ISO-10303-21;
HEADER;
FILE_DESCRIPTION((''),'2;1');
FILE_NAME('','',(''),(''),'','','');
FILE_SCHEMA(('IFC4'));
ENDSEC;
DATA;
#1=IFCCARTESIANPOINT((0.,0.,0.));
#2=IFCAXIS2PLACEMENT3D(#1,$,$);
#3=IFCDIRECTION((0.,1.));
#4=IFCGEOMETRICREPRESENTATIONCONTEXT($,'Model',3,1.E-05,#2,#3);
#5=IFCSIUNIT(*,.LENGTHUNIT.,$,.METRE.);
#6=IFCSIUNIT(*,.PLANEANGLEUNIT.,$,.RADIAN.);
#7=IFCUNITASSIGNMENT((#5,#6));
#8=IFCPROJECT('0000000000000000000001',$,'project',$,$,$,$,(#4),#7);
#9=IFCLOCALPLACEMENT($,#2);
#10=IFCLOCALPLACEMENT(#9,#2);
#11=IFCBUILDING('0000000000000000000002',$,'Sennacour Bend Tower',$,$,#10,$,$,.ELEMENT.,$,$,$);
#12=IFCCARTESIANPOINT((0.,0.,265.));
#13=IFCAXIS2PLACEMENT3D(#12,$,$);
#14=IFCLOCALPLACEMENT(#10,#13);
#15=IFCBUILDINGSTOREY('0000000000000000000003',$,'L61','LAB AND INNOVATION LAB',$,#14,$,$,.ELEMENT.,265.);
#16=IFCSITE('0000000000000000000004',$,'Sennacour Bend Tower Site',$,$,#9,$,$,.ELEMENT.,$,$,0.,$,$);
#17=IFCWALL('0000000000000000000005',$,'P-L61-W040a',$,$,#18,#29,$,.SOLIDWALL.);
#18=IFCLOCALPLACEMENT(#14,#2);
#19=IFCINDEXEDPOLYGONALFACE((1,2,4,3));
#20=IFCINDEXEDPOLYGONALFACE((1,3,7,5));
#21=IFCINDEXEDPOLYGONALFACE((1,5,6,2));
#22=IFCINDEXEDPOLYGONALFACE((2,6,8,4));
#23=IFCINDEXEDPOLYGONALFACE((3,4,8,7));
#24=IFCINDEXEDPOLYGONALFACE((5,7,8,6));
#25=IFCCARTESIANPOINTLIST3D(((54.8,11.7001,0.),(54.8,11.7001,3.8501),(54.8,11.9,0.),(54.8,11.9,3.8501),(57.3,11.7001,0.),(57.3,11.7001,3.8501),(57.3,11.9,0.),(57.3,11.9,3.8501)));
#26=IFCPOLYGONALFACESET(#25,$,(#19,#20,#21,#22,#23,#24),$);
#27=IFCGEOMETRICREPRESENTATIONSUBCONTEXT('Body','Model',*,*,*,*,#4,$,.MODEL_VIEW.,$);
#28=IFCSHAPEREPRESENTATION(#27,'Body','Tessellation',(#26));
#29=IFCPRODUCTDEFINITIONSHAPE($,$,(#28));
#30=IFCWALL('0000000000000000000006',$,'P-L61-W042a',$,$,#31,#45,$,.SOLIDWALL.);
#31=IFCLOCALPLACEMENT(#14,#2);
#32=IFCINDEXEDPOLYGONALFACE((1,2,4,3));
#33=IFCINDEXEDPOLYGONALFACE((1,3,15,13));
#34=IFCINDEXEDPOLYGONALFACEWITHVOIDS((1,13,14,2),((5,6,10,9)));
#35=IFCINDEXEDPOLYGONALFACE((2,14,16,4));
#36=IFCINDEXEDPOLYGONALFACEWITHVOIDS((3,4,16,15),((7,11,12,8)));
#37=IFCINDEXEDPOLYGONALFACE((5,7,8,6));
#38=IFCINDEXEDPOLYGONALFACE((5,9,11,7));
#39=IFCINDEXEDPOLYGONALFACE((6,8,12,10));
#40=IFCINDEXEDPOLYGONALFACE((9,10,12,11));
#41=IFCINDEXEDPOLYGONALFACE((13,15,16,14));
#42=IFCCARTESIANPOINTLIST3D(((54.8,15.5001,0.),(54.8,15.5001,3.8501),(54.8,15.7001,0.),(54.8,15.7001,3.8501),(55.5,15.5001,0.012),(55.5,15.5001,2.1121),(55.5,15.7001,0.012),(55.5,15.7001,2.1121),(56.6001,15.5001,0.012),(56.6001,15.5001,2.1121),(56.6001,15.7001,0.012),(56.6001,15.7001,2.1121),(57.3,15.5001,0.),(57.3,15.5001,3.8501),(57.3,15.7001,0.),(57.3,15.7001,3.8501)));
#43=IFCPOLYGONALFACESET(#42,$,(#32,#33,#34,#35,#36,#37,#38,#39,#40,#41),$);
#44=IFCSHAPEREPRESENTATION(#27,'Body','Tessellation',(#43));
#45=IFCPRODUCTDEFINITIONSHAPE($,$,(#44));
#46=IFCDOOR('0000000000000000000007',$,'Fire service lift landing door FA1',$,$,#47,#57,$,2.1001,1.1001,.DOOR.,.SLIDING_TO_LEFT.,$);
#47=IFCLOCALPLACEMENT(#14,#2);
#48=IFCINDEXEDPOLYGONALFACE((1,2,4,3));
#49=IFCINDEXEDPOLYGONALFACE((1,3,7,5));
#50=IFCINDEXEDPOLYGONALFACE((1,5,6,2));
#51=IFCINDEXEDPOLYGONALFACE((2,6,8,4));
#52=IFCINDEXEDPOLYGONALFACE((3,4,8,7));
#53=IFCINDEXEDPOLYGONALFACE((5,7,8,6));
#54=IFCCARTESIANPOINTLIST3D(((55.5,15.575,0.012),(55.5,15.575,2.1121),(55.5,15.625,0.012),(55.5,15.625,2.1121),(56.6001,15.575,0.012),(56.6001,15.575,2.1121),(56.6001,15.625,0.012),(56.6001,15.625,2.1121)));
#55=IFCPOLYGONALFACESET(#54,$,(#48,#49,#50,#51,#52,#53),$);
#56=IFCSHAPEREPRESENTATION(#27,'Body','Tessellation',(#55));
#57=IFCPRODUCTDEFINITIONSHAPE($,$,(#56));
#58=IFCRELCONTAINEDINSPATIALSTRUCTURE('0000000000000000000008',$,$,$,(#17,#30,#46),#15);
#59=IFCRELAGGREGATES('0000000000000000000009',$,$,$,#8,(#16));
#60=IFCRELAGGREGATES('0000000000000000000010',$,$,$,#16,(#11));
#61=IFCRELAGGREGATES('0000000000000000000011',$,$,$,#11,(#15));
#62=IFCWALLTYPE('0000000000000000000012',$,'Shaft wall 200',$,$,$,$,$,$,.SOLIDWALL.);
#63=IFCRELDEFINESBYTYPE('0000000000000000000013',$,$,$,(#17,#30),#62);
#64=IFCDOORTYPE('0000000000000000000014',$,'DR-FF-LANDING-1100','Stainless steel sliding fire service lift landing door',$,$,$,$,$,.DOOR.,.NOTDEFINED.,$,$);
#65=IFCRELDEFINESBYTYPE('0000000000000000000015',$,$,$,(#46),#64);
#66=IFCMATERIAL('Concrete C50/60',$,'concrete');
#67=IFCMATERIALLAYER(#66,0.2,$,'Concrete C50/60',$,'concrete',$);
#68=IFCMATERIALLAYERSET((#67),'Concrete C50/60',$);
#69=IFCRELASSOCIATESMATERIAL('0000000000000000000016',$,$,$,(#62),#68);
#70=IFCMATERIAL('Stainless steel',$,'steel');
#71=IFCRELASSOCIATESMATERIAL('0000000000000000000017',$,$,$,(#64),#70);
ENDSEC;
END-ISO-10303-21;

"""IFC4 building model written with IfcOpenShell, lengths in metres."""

from ifc_helpers import new_model, si_unit, direction, frame, frame_2d, origin, place, context, subcontext, project, spatial, rectangle, extrude, material, layer, layer_set, type_object, element, fill, save


model = new_model("IFC4")

# Units and contexts
model_context = context("Model", 3, precision=1e-05, world=origin(), true_north=direction((0.0, 1.0)))
body_context = subcontext(model_context, "Body", "Model", "MODEL_VIEW")
ifc_project = project(units=[si_unit("LENGTHUNIT", "METRE"), si_unit("PLANEANGLEUNIT", "RADIAN")], contexts=[model_context])

# Site, building, storey
site_placement = place(None, origin())
site = spatial("IfcSite", under=ifc_project, at=site_placement, Name="Sennacour Bend Tower Site", CompositionType="ELEMENT", RefElevation=0.0)
building_placement = place(site_placement, origin())
building = spatial("IfcBuilding", under=site, at=building_placement, Name="Sennacour Bend Tower", CompositionType="ELEMENT")
storey_placement = place(building_placement, frame((0.0, 0.0, 265.0)))
storey = spatial("IfcBuildingStorey", under=building, at=storey_placement, Name="L61", Description="LAB AND INNOVATION LAB", CompositionType="ELEMENT", Elevation=265.0)

# Shared definitions
ifc_material_1 = material(Name="Concrete C50/60", Category="concrete")

# Wall
ifc_layer_1 = layer(ifc_material_1, 0.2, Name="Concrete C50/60", Category="concrete")
ifc_layer_set_1 = layer_set([ifc_layer_1], Name="Concrete C50/60")
wall_type_1 = type_object("IfcWallType", Name="Shaft wall 200", PredefinedType="SOLIDWALL", material=ifc_layer_set_1)
wall_1_placement = place(storey_placement, frame((54.8, 11.8, 0.0), z_axis=(0.0, 0.0, 1.0), x_axis=(1.0, 0.0, 0.0)))
element("IfcWall", 1, at=wall_1_placement, inside=storey, type_object=wall_type_1, Name="P-L61-W040a", PredefinedType="SOLIDWALL", context=body_context, shape_type="SweptSolid", body=[
    extrude(rectangle(XDim=2.5, YDim=0.2, at=frame_2d((1.25, 0.0))), origin(), (0.0, 0.0, 1.0), 3.8501),
])

# Wall, opening, door
wall_2_placement = place(storey_placement, frame((54.8, 15.6001, 0.0), z_axis=(0.0, 0.0, 1.0), x_axis=(1.0, 0.0, 0.0)))
wall_2 = element("IfcWall", 2, at=wall_2_placement, inside=storey, type_object=wall_type_1, Name="P-L61-W042a", PredefinedType="SOLIDWALL", context=body_context, shape_type="SweptSolid", body=[
    extrude(rectangle(XDim=2.5, YDim=0.2, at=frame_2d((1.25, 0.0))), origin(), (0.0, 0.0, 1.0), 3.8501),
])
opening_1_placement = place(wall_2_placement, frame((0.7, 0.0, 0.012)))
opening_1 = element("IfcOpeningElement", 3, at=opening_1_placement, cuts=wall_2, PredefinedType="OPENING", context=body_context, shape_type="SweptSolid", body=[
    extrude(rectangle(XDim=1.1001, YDim=2.1001, at=frame_2d((0.55, 1.05))), frame((0.0, 0.1099, 0.0), z_axis=(0.0, -1.0, 0.0), x_axis=(1.0, 0.0, 0.0)), (0.0, 0.0, 1.0), 0.22),
])
ifc_material_2 = material(Name="Stainless steel", Category="steel")
door_type = type_object("IfcDoorType", Name="DR-FF-LANDING-1100", Description="Stainless steel sliding fire service lift landing door", OperationType="NOTDEFINED", PredefinedType="DOOR", material=ifc_material_2)
door_placement = place(opening_1_placement, origin())
door = element("IfcDoor", 4, at=door_placement, inside=storey, type_object=door_type, Name="Fire service lift landing door FA1", OperationType="SLIDING_TO_LEFT", OverallHeight=2.1001, OverallWidth=1.1001, PredefinedType="DOOR", context=body_context, shape_type="SweptSolid", body=[
    extrude(rectangle(XDim=1.1001, YDim=2.1001, at=frame_2d((0.55, 1.05))), frame((0.0, 0.0249, 0.0), z_axis=(0.0, -1.0, 0.0), x_axis=(1.0, 0.0, 0.0)), (0.0, 0.0, 1.0), 0.05),
])
fill(opening_1, door)

save(model, "model.ifc")
